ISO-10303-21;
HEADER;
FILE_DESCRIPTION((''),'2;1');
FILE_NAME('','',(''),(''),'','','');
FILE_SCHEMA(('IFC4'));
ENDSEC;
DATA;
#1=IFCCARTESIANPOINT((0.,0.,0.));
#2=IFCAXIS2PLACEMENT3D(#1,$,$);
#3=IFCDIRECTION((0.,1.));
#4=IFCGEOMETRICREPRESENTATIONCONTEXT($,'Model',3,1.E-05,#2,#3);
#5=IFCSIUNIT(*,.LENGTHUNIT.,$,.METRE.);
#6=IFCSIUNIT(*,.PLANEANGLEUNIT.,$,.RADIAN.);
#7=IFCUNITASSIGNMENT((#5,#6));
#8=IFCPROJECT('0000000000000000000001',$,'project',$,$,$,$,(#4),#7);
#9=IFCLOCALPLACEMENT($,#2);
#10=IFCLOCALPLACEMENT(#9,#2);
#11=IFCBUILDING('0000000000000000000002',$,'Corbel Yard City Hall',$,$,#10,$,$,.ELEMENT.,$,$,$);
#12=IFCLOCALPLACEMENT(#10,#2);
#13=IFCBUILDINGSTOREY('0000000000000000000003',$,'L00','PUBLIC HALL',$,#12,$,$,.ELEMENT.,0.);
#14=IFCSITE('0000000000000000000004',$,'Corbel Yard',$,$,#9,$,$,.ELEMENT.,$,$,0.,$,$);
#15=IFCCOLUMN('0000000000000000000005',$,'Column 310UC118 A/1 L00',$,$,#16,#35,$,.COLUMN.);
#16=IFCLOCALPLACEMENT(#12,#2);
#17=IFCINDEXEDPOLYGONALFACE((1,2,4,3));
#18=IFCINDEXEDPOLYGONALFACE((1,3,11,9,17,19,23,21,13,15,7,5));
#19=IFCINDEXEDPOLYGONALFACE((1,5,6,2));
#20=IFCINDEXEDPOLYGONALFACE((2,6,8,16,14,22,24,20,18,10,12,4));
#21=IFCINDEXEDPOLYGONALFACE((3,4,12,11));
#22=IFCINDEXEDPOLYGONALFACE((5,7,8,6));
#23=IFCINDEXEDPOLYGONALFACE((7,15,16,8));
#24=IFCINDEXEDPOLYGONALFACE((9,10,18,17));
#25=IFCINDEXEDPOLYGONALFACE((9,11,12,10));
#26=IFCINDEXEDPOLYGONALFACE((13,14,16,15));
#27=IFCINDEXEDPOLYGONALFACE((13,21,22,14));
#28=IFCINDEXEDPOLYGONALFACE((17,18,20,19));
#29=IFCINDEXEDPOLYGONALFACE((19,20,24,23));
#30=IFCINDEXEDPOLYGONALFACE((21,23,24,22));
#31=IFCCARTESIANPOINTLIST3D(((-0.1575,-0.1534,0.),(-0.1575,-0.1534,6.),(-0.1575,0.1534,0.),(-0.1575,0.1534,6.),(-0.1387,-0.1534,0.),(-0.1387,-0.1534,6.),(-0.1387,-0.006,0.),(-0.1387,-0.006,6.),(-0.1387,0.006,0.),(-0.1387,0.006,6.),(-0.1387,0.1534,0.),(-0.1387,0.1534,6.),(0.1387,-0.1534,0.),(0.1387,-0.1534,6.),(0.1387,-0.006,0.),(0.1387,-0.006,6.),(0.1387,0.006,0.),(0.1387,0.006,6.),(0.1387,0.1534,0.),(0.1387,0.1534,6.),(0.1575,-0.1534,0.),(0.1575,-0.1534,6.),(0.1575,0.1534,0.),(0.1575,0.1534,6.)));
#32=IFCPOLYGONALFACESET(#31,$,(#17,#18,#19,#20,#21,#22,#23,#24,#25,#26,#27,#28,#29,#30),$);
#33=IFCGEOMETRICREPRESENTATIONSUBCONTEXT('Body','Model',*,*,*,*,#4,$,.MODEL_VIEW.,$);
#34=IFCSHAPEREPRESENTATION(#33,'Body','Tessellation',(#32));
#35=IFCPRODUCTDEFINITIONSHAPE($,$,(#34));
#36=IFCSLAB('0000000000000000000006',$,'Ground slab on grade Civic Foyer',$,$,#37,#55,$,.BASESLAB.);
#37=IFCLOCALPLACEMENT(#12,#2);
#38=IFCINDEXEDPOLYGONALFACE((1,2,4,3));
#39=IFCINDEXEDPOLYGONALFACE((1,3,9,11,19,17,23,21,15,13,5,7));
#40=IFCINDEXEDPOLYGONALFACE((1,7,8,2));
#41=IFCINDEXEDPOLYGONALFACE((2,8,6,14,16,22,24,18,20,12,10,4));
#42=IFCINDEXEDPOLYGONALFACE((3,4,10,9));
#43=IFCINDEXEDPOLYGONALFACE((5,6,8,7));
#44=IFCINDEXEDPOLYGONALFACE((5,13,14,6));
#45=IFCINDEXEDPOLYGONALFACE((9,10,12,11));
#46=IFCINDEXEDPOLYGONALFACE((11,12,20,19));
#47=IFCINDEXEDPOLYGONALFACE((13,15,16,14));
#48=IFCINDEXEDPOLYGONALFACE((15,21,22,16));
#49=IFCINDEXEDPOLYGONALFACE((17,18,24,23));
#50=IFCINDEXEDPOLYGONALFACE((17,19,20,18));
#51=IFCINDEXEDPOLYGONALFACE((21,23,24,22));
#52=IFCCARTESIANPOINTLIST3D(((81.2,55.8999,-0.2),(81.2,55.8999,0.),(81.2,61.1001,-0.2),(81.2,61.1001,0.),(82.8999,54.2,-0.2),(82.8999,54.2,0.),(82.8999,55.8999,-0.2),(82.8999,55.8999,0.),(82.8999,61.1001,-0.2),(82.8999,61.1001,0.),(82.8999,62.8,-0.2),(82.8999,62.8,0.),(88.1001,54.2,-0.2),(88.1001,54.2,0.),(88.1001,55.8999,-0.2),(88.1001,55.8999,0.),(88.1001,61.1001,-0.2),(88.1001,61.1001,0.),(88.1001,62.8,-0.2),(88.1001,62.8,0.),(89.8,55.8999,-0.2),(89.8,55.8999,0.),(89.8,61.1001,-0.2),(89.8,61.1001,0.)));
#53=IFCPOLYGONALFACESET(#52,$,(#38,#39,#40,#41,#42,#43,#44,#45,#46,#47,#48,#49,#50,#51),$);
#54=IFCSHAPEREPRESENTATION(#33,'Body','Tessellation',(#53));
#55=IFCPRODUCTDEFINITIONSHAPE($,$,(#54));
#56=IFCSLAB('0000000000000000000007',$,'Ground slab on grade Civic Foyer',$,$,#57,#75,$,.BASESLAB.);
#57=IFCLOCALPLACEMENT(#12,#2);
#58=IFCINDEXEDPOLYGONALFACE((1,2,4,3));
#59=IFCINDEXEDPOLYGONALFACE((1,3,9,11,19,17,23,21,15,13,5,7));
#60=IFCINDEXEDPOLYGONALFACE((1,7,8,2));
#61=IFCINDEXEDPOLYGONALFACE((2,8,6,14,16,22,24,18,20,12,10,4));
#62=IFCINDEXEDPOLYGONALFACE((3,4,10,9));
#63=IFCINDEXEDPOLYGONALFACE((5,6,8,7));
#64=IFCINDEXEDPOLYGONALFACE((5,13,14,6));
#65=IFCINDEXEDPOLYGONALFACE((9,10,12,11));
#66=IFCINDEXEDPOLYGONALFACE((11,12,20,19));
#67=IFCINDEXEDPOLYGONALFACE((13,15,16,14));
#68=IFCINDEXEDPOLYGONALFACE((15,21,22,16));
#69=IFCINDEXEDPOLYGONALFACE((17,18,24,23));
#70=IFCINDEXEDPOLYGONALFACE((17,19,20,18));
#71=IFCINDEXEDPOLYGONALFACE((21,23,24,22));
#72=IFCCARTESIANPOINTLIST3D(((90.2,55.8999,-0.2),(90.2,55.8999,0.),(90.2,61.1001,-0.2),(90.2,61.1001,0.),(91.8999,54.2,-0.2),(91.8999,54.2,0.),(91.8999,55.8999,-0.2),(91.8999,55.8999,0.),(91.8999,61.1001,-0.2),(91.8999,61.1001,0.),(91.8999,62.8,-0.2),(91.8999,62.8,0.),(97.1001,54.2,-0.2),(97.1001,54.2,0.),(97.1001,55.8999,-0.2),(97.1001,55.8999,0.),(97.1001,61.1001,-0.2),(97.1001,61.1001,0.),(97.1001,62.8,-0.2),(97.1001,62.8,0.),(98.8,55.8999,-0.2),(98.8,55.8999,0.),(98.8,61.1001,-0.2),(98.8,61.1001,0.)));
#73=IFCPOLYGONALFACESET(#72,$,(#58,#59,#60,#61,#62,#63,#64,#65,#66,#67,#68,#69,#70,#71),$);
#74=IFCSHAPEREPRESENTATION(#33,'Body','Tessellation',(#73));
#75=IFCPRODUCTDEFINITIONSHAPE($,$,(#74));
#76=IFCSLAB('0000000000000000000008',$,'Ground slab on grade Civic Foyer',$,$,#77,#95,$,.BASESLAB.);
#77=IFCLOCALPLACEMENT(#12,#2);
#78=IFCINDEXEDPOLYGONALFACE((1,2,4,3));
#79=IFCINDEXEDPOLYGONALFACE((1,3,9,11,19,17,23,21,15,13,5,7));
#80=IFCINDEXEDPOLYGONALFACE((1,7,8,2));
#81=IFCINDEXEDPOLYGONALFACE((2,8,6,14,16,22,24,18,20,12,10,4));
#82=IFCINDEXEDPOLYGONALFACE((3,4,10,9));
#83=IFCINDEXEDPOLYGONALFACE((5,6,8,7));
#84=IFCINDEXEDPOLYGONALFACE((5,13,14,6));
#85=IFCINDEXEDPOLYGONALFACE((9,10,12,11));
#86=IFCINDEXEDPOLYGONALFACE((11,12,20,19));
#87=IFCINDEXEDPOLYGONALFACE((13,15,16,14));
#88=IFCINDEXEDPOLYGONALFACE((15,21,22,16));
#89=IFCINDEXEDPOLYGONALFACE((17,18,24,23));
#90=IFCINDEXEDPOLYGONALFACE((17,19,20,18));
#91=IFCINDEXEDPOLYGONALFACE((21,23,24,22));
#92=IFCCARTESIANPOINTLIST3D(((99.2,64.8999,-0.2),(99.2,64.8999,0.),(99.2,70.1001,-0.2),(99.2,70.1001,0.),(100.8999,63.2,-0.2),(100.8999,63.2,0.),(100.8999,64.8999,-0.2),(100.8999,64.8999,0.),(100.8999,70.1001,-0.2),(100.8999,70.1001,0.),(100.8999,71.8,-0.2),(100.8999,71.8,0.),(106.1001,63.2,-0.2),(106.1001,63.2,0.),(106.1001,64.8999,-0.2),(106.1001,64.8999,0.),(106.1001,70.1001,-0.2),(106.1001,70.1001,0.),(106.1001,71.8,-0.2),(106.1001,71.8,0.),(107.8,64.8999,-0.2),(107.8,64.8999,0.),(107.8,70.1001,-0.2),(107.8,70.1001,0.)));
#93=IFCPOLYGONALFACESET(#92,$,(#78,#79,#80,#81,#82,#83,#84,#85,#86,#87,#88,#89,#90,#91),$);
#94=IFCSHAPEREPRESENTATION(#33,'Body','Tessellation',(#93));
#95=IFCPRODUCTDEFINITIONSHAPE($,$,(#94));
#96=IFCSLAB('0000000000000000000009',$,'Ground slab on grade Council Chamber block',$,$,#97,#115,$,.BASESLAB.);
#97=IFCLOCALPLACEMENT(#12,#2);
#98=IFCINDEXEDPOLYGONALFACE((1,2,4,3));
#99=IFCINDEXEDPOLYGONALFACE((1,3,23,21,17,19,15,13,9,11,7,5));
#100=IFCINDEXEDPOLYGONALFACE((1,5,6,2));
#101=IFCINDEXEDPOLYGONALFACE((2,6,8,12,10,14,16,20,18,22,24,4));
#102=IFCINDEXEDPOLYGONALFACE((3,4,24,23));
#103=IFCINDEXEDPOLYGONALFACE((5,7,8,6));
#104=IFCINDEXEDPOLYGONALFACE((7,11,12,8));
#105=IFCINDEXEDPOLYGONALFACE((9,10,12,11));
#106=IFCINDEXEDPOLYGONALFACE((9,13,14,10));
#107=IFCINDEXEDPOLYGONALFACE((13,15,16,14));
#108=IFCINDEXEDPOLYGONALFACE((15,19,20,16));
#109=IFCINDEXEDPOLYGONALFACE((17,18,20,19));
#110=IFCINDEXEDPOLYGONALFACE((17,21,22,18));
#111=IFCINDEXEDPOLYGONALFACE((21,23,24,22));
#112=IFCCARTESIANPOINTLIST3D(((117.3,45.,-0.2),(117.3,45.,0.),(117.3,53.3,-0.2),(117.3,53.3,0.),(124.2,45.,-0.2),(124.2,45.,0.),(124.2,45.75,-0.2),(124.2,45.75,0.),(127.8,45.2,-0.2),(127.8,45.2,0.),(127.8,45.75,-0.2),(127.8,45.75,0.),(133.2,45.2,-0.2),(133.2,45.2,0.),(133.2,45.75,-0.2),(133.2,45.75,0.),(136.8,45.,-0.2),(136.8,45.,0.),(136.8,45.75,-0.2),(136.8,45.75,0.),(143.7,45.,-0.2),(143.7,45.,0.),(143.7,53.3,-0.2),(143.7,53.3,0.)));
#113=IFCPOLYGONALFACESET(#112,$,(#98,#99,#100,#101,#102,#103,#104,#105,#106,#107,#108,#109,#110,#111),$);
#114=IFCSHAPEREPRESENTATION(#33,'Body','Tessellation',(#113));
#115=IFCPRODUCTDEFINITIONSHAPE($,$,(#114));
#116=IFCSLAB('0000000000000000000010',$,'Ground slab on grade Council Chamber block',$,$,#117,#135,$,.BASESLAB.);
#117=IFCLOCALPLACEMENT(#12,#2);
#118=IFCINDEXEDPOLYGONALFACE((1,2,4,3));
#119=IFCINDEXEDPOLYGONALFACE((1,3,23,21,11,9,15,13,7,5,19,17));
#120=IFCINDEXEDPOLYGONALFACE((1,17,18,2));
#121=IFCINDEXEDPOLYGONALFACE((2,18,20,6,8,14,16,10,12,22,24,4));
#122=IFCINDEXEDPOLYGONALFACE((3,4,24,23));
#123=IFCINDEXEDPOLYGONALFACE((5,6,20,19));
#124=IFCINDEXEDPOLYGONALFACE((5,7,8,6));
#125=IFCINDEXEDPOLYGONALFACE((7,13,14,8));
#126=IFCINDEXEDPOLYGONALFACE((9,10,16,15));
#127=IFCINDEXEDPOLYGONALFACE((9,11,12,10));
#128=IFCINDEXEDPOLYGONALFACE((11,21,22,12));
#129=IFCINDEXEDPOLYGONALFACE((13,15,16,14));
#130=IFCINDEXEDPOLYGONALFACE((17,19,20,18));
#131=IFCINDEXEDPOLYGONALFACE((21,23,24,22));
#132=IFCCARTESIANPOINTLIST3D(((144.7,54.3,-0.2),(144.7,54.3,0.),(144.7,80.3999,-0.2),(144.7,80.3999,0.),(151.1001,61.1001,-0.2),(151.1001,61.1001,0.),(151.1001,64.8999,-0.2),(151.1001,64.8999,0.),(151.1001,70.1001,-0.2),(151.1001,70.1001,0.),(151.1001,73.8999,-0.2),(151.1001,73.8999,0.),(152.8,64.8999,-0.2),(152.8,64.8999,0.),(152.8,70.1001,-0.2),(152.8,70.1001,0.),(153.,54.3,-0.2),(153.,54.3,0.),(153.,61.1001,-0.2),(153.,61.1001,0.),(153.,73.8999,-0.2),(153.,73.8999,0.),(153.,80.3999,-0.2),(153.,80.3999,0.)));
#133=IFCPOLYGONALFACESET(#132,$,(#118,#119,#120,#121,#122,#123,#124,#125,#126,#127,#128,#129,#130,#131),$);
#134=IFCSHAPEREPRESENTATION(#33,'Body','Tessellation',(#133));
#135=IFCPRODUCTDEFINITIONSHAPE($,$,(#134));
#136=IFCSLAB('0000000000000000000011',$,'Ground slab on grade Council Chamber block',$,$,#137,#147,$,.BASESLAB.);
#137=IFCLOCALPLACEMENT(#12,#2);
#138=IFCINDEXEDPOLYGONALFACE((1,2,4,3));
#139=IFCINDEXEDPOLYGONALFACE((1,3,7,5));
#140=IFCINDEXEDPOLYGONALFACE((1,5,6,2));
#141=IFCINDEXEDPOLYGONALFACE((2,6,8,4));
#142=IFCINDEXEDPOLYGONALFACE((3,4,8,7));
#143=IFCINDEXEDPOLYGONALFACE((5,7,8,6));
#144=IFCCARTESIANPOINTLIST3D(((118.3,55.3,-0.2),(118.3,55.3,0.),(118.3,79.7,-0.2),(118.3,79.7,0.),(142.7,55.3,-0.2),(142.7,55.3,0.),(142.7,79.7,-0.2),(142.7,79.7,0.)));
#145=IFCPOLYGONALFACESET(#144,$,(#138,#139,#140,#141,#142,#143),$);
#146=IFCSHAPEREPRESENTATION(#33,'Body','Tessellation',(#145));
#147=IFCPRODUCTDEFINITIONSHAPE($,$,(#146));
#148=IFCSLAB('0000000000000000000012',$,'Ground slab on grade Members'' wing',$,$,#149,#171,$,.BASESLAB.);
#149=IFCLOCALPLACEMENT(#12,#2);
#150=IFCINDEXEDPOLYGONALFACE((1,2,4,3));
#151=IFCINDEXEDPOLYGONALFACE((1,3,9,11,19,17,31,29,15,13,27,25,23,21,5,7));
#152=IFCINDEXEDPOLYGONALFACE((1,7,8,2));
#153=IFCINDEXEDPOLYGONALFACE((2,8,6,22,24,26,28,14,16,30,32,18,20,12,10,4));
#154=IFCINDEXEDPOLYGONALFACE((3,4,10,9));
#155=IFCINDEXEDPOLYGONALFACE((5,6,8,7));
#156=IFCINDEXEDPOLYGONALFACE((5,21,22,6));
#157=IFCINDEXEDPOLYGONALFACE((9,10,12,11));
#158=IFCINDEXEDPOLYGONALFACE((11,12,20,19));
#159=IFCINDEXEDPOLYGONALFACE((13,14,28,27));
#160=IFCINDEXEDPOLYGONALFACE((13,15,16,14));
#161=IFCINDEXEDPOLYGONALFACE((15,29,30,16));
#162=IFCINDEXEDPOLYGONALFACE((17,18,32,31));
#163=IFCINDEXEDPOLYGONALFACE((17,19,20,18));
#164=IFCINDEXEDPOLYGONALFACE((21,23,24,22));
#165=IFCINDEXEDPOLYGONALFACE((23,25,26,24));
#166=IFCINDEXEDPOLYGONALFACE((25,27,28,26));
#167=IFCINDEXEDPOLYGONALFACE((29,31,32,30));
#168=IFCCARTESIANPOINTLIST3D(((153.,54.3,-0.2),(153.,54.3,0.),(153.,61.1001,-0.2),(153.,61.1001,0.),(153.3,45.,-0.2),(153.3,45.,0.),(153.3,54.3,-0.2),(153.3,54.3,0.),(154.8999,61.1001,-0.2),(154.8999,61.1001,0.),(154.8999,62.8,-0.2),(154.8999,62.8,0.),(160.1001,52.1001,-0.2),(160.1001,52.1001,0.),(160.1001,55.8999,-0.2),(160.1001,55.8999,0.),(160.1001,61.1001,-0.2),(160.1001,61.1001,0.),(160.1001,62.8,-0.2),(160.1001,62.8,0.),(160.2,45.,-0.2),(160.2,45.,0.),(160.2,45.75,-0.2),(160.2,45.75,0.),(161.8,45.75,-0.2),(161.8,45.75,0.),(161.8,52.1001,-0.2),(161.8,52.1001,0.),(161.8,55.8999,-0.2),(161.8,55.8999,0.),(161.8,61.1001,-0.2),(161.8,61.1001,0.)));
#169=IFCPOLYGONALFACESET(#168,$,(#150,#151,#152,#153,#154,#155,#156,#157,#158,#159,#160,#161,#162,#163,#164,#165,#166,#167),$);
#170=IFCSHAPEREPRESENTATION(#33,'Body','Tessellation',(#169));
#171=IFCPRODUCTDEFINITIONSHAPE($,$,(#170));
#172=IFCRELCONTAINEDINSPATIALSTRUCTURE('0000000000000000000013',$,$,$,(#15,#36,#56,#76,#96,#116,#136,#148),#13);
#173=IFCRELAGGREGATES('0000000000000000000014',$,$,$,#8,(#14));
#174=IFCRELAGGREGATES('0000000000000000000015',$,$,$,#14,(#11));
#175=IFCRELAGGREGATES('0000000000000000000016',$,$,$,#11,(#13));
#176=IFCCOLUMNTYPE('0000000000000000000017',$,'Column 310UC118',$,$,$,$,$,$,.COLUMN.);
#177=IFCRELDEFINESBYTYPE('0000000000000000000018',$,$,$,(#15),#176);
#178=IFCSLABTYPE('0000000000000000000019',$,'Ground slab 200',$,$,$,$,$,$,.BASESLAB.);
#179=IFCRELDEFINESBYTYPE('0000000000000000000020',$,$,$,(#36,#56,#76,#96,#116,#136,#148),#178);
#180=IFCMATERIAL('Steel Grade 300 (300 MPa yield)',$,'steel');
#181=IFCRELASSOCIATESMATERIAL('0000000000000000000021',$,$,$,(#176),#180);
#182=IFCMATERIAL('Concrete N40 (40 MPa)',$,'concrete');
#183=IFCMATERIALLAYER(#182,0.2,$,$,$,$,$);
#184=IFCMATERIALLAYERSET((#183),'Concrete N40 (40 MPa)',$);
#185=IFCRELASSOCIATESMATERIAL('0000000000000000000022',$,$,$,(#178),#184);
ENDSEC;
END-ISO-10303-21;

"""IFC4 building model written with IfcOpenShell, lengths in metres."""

from ifc_helpers import new_model, si_unit, direction, frame, origin, origin_2d, place, context, subcontext, project, spatial, polyline, i_section, outline, extrude, material, layer, layer_set, material_profile, profile_set, type_object, element, save


model = new_model("IFC4")

# Units and contexts
model_context = context("Model", 3, precision=1e-05, world=origin(), true_north=direction((0.0, 1.0)))
body_context = subcontext(model_context, "Body", "Model", "MODEL_VIEW")
ifc_project = project(units=[si_unit("LENGTHUNIT", "METRE"), si_unit("PLANEANGLEUNIT", "RADIAN")], contexts=[model_context])

# Site, building, storey
site_placement = place(None, origin())
site = spatial("IfcSite", under=ifc_project, at=site_placement, Name="Corbel Yard", CompositionType="ELEMENT", RefElevation=0.0)
building_placement = place(site_placement, origin())
building = spatial("IfcBuilding", under=site, at=building_placement, Name="Corbel Yard City Hall", CompositionType="ELEMENT")
storey_placement = place(building_placement, origin())
storey = spatial("IfcBuildingStorey", under=building, at=storey_placement, Name="L00", Description="PUBLIC HALL", CompositionType="ELEMENT", Elevation=0.0)

# Column
ifc_material_1 = material(Name="Steel Grade 300 (300 MPa yield)", Category="steel")
ifc_material_profile = material_profile(ifc_material_1, i_section(OverallWidth=0.3069, OverallDepth=0.3149, WebThickness=0.012, FlangeThickness=0.0188, at=origin_2d()), Name="310UC118")
ifc_profile_set = profile_set([ifc_material_profile], Name="Steel Grade 300 (300 MPa yield)")
column_type = type_object("IfcColumnType", Name="Column 310UC118", PredefinedType="COLUMN", material=ifc_profile_set)
column_placement = place(storey_placement, frame((0.0, 0.0, 0.0), z_axis=(0.0, 0.0, 1.0), x_axis=(0.0, 1.0, 0.0)))
element("IfcColumn", 1, at=column_placement, inside=storey, type_object=column_type, Name="Column 310UC118 A/1 L00", PredefinedType="COLUMN", context=body_context, shape_type="SweptSolid", body=[
    extrude(i_section(OverallWidth=0.3069, OverallDepth=0.3149, WebThickness=0.012, FlangeThickness=0.0188, at=origin_2d()), origin(), (0.0, 0.0, 1.0), 6.0),
])

# Slabs
ifc_material_2 = material(Name="Concrete N40 (40 MPa)", Category="concrete")
ifc_layer_1 = layer(ifc_material_2, 0.2)
ifc_layer_set_1 = layer_set([ifc_layer_1], Name="Concrete N40 (40 MPa)")
slab_type_1 = type_object("IfcSlabType", Name="Ground slab 200", PredefinedType="BASESLAB", material=ifc_layer_set_1)
slab_1_placement = place(storey_placement, frame((0.0, 0.0, -0.2)))
element("IfcSlab", 2, at=slab_1_placement, inside=storey, type_object=slab_type_1, Name="Ground slab on grade Civic Foyer", PredefinedType="BASESLAB", context=body_context, shape_type="SweptSolid", body=[
    extrude(outline(polyline([(82.8999, 55.8999), (82.8999, 54.2), (88.1001, 54.2), (88.1001, 55.8999), (89.8, 55.8999), (89.8, 61.1001), (88.1001, 61.1001), (88.1001, 62.8), (82.8999, 62.8), (82.8999, 61.1001), (81.2, 61.1001), (81.2, 55.8999), (82.8999, 55.8999)])), origin(), (0.0, 0.0, 1.0), 0.2),
])
slab_2_placement = place(storey_placement, frame((0.0, 0.0, -0.2)))
element("IfcSlab", 3, at=slab_2_placement, inside=storey, type_object=slab_type_1, Name="Ground slab on grade Civic Foyer", PredefinedType="BASESLAB", context=body_context, shape_type="SweptSolid", body=[
    extrude(outline(polyline([(97.1001, 62.8), (91.8999, 62.8), (91.8999, 61.1001), (90.2, 61.1001), (90.2, 55.8999), (91.8999, 55.8999), (91.8999, 54.2), (97.1001, 54.2), (97.1001, 55.8999), (98.8, 55.8999), (98.8, 61.1001), (97.1001, 61.1001), (97.1001, 62.8)])), origin(), (0.0, 0.0, 1.0), 0.2),
])
slab_3_placement = place(storey_placement, frame((0.0, 0.0, -0.2)))
element("IfcSlab", 4, at=slab_3_placement, inside=storey, type_object=slab_type_1, Name="Ground slab on grade Civic Foyer", PredefinedType="BASESLAB", context=body_context, shape_type="SweptSolid", body=[
    extrude(outline(polyline([(100.8999, 63.2), (106.1001, 63.2), (106.1001, 64.8999), (107.8, 64.8999), (107.8, 70.1001), (106.1001, 70.1001), (106.1001, 71.8), (100.8999, 71.8), (100.8999, 70.1001), (99.2, 70.1001), (99.2, 64.8999), (100.8999, 64.8999), (100.8999, 63.2)])), origin(), (0.0, 0.0, 1.0), 0.2),
])
slab_4_placement = place(storey_placement, frame((0.0, 0.0, -0.2)))
element("IfcSlab", 5, at=slab_4_placement, inside=storey, type_object=slab_type_1, Name="Ground slab on grade Council Chamber block", PredefinedType="BASESLAB", context=body_context, shape_type="SweptSolid", body=[
    extrude(outline(polyline([(133.2, 45.75), (136.8, 45.75), (136.8, 45.0), (143.7, 45.0), (143.7, 53.3), (117.3, 53.3), (117.3, 45.0), (124.2, 45.0), (124.2, 45.75), (127.8, 45.75), (127.8, 45.2), (133.2, 45.2), (133.2, 45.75)])), origin(), (0.0, 0.0, 1.0), 0.2),
])
slab_5_placement = place(storey_placement, frame((0.0, 0.0, -0.2)))
element("IfcSlab", 6, at=slab_5_placement, inside=storey, type_object=slab_type_1, Name="Ground slab on grade Council Chamber block", PredefinedType="BASESLAB", context=body_context, shape_type="SweptSolid", body=[
    extrude(outline(polyline([(152.8, 70.1001), (151.1001, 70.1001), (151.1001, 73.8999), (153.0, 73.8999), (153.0, 80.3999), (144.7, 80.3999), (144.7, 54.3), (153.0, 54.3), (153.0, 61.1001), (151.1001, 61.1001), (151.1001, 64.8999), (152.8, 64.8999), (152.8, 70.1001)])), origin(), (0.0, 0.0, 1.0), 0.2),
])
slab_6_placement = place(storey_placement, frame((0.0, 0.0, -0.2)))
element("IfcSlab", 7, at=slab_6_placement, inside=storey, type_object=slab_type_1, Name="Ground slab on grade Council Chamber block", PredefinedType="BASESLAB", context=body_context, shape_type="SweptSolid", body=[
    extrude(outline(polyline([(142.7, 55.3), (142.7, 79.7), (118.3, 79.7), (118.3, 55.3), (142.7, 55.3)])), origin(), (0.0, 0.0, 1.0), 0.2),
])
slab_7_placement = place(storey_placement, frame((0.0, 0.0, -0.2)))
element("IfcSlab", 8, at=slab_7_placement, inside=storey, type_object=slab_type_1, Name="Ground slab on grade Members' wing", PredefinedType="BASESLAB", context=body_context, shape_type="SweptSolid", body=[
    extrude(outline(polyline([(161.8, 52.1001), (160.1001, 52.1001), (160.1001, 55.8999), (161.8, 55.8999), (161.8, 61.1001), (160.1001, 61.1001), (160.1001, 62.8), (154.8999, 62.8), (154.8999, 61.1001), (153.0, 61.1001), (153.0, 54.3), (153.3, 54.3), (153.3, 45.0), (160.2, 45.0), (160.2, 45.75), (161.8, 45.75), (161.8, 52.1001)])), origin(), (0.0, 0.0, 1.0), 0.2),
])

save(model, "model.ifc")
